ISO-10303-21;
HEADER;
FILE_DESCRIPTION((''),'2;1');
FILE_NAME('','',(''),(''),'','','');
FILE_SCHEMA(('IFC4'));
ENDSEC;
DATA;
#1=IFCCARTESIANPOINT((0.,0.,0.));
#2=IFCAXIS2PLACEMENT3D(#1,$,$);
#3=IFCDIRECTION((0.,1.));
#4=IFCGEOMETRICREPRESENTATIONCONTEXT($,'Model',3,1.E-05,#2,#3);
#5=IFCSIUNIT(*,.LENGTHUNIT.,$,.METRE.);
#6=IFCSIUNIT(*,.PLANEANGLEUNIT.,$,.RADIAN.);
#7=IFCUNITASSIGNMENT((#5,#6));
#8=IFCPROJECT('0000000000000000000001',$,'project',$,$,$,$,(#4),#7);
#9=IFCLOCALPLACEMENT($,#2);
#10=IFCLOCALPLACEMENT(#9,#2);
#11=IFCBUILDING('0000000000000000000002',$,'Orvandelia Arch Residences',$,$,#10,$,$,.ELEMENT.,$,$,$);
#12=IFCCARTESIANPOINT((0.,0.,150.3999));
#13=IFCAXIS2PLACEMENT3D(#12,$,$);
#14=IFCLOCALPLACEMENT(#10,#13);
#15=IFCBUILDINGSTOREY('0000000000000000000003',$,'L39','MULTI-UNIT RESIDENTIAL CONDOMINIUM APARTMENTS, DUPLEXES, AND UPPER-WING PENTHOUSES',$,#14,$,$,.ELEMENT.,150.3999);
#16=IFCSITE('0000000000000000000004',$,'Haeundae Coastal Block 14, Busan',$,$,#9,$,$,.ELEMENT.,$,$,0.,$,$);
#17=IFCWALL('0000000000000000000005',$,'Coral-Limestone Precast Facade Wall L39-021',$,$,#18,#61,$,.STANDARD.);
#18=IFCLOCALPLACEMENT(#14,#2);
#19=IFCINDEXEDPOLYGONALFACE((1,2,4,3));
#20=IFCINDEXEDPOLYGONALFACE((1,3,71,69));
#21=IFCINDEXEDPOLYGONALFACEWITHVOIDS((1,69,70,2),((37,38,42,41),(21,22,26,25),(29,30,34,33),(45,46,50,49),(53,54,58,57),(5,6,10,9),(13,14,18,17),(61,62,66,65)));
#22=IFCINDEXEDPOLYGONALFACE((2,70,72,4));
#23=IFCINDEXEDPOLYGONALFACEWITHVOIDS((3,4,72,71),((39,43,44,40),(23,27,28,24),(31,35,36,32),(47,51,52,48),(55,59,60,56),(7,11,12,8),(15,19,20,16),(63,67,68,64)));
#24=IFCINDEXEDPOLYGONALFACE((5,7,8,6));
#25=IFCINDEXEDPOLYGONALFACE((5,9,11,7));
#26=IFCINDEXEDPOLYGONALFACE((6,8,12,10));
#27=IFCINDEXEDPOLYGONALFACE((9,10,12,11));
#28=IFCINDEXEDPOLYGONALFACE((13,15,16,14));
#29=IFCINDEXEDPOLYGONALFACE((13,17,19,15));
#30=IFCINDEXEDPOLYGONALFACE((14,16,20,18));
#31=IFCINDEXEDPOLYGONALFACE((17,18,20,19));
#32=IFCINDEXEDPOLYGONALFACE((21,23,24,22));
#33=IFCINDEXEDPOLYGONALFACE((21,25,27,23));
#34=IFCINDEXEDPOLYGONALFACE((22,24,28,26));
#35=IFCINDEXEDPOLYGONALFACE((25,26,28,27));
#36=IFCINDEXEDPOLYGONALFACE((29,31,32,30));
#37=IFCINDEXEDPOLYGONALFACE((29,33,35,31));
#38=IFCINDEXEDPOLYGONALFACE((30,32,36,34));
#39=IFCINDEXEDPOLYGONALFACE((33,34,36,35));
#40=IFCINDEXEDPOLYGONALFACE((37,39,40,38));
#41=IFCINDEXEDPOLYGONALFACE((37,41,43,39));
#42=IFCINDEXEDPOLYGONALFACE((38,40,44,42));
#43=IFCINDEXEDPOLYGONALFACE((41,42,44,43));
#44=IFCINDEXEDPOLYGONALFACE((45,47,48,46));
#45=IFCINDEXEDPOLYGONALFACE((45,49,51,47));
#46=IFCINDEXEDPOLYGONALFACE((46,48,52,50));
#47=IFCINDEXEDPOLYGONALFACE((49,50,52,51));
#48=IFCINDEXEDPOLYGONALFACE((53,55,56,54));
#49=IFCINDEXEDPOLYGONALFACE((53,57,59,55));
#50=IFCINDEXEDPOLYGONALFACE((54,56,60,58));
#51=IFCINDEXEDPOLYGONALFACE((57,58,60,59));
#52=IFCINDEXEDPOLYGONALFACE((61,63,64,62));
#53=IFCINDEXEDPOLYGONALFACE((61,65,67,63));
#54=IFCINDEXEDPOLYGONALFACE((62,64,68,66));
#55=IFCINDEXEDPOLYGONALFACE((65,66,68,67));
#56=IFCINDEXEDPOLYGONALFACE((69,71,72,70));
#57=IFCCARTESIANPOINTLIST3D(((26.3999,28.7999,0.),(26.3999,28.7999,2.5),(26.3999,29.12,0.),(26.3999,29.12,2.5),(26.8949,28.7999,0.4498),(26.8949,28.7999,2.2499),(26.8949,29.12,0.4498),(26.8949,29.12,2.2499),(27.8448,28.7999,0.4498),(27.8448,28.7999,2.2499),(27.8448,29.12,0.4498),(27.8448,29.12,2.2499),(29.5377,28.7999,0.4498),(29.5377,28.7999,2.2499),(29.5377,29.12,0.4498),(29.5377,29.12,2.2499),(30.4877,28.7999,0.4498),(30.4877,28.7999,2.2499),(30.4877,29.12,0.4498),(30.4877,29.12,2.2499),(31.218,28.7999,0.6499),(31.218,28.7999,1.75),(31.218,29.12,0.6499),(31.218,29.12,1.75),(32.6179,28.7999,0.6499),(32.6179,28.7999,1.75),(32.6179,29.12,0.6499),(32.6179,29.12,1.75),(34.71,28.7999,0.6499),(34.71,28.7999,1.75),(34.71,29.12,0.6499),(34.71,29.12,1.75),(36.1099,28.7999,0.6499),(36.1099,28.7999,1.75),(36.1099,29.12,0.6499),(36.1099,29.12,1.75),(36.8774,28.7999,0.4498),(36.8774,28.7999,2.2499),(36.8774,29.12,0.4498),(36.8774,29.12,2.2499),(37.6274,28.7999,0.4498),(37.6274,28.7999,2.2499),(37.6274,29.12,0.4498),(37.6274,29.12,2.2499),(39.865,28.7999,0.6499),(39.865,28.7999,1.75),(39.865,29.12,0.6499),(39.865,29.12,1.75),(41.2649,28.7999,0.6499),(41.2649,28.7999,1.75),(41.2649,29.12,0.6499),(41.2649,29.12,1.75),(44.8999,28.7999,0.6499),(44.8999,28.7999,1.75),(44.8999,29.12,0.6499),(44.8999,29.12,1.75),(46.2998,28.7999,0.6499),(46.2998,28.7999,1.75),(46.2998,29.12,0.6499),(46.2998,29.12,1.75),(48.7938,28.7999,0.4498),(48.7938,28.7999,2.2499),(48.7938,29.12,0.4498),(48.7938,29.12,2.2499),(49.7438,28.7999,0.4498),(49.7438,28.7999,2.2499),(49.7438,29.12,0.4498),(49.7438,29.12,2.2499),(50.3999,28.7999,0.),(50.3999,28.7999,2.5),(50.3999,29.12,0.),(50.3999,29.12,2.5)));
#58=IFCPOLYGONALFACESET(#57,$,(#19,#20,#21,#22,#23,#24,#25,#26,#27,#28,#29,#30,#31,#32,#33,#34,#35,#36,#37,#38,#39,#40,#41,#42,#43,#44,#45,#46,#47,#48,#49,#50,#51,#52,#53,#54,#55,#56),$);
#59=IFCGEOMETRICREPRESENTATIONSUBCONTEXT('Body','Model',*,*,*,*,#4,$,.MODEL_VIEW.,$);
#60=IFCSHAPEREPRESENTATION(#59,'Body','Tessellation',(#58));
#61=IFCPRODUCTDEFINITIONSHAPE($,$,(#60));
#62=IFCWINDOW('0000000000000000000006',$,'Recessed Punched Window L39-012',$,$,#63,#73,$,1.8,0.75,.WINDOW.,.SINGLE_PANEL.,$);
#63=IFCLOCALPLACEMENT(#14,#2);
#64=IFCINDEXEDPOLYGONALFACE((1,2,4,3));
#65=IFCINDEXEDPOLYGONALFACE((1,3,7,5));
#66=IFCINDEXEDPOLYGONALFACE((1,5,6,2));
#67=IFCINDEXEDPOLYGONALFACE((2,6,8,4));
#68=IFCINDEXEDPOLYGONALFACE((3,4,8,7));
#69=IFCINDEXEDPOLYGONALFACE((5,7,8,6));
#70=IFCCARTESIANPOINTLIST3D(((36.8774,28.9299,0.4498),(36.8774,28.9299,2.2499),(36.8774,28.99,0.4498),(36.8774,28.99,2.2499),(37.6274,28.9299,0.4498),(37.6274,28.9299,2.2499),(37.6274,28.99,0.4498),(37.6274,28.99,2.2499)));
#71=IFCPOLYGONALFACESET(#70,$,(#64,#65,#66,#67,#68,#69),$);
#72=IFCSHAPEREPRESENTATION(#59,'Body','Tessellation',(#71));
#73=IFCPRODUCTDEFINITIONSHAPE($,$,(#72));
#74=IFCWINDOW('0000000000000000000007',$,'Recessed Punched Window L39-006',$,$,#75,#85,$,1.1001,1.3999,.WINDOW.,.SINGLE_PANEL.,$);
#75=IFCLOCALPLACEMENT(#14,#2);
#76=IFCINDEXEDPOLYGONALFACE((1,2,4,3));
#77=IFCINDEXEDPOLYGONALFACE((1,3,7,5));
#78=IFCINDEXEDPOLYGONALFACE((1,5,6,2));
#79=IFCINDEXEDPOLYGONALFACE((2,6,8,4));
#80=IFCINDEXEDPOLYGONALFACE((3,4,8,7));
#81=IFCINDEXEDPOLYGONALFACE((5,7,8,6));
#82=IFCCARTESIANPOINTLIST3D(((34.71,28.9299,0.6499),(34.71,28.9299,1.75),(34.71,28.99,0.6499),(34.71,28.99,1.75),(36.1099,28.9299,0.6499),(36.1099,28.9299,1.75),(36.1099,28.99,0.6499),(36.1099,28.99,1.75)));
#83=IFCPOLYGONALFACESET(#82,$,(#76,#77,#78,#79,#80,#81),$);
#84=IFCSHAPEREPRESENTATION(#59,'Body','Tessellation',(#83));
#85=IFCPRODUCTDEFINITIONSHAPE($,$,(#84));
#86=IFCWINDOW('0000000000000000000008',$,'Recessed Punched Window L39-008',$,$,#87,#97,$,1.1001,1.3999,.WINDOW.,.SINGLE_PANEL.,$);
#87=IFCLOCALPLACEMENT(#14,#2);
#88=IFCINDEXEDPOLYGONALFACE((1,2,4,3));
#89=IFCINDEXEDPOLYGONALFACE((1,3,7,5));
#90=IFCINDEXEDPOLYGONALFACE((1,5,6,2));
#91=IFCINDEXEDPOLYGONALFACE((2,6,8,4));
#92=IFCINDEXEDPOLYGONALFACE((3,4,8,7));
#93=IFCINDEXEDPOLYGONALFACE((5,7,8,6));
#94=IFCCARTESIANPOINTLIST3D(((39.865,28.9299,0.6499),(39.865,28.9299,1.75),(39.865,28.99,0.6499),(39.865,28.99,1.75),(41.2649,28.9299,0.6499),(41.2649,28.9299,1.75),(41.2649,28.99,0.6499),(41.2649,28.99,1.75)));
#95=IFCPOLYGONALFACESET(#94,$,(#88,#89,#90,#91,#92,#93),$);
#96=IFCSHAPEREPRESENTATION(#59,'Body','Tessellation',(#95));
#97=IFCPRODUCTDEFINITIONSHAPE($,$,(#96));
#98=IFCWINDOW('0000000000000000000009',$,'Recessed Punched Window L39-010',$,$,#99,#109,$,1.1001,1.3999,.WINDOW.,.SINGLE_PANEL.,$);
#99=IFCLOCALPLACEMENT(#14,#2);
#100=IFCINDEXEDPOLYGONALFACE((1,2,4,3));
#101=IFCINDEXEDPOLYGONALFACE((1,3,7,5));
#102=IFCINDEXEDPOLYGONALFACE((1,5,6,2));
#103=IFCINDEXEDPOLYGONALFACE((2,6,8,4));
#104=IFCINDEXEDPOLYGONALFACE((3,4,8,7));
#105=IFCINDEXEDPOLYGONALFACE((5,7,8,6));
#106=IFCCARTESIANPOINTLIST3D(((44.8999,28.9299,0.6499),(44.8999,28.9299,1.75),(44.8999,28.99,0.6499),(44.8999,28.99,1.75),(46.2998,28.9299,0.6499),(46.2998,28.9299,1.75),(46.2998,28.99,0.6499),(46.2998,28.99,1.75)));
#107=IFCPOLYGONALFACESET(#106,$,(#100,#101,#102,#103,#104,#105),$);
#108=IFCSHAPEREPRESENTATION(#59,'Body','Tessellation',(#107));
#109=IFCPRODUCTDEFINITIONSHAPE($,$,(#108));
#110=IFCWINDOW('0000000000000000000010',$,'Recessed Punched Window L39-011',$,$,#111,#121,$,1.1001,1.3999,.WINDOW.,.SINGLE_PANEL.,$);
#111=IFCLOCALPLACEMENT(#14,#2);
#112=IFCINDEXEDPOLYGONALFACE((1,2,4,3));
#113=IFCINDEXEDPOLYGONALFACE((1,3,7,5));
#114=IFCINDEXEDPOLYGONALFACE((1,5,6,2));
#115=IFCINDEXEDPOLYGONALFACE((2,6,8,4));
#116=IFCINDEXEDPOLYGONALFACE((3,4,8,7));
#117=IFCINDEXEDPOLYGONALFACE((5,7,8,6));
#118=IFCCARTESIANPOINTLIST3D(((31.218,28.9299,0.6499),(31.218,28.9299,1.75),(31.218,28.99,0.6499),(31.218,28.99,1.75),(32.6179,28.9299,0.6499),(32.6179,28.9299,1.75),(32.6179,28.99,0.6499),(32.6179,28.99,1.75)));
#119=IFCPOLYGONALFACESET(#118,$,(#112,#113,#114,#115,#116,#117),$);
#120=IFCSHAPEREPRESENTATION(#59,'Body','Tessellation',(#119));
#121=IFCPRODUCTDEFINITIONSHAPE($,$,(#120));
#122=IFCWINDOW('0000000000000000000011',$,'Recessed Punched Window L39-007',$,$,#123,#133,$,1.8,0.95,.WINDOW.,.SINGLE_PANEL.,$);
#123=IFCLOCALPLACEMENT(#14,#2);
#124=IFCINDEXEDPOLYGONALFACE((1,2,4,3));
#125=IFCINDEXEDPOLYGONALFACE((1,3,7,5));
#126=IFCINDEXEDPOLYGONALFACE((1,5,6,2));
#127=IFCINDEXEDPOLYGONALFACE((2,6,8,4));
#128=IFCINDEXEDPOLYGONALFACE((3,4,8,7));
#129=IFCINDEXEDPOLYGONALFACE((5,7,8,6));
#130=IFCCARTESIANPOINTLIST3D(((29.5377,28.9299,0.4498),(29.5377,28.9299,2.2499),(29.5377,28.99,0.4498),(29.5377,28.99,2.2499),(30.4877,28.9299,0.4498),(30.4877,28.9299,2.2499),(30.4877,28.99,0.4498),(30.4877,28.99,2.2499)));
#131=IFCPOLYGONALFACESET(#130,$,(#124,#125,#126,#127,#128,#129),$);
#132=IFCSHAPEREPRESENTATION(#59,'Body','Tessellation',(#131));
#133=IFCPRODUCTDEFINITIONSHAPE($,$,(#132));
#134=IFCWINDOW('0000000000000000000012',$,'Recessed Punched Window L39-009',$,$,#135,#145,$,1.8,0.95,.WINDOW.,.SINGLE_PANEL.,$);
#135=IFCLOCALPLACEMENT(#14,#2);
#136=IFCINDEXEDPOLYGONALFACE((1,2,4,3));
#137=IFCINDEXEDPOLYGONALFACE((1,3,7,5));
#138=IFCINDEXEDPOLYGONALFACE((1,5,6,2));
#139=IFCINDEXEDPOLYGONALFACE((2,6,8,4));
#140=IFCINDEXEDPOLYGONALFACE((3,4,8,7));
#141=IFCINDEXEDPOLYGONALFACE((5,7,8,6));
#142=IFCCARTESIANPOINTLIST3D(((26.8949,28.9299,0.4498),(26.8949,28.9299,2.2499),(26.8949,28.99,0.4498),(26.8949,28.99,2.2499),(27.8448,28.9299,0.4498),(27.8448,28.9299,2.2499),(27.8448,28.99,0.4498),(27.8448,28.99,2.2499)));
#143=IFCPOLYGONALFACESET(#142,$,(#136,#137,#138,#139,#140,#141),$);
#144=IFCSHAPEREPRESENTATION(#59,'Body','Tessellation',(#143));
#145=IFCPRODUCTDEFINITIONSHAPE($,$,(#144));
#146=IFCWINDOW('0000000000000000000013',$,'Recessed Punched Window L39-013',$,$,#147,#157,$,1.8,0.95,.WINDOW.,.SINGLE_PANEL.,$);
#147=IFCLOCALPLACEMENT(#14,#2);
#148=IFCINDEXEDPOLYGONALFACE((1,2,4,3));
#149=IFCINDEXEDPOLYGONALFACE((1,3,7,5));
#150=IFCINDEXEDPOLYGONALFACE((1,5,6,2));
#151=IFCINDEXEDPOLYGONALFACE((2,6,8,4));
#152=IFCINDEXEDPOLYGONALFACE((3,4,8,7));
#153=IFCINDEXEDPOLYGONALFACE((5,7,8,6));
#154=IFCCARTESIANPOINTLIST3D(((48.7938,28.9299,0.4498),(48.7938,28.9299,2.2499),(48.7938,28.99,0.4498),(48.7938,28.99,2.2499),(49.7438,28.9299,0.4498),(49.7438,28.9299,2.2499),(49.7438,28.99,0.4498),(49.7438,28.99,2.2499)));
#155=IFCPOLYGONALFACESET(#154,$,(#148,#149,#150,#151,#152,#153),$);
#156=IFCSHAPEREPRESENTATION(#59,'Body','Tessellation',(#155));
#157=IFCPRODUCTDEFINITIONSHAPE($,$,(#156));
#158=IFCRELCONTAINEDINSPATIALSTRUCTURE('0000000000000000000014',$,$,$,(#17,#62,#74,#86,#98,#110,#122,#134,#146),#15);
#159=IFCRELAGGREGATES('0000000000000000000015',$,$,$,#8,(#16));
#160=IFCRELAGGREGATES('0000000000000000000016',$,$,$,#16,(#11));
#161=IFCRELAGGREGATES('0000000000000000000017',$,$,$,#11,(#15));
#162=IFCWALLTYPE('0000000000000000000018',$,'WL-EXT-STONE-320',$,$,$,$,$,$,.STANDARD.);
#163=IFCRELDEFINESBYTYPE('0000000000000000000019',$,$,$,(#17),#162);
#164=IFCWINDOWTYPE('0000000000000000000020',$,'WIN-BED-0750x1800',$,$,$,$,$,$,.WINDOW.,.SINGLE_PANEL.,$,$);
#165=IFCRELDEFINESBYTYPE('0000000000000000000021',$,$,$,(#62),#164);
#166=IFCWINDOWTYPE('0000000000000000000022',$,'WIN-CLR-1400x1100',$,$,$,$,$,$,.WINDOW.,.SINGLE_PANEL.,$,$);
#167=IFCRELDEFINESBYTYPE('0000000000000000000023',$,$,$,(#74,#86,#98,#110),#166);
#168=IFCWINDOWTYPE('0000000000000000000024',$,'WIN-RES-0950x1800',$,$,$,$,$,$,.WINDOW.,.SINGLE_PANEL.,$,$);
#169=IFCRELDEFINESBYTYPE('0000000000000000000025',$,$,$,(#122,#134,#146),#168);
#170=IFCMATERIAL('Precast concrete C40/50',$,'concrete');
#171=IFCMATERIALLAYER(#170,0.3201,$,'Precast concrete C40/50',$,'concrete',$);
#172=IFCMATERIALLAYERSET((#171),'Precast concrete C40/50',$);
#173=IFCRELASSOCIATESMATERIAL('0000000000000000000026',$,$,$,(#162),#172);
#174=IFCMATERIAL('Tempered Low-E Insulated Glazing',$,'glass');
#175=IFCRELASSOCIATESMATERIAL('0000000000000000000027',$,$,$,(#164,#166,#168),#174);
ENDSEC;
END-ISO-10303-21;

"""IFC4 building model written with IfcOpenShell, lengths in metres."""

from ifc_helpers import new_model, si_unit, direction, frame, frame_2d, origin, place, context, subcontext, project, spatial, rectangle, extrude, material, layer, layer_set, type_object, element, fill, save


model = new_model("IFC4")

# Units and contexts
model_context = context("Model", 3, precision=1e-05, world=origin(), true_north=direction((0.0, 1.0)))
body_context = subcontext(model_context, "Body", "Model", "MODEL_VIEW")
ifc_project = project(units=[si_unit("LENGTHUNIT", "METRE"), si_unit("PLANEANGLEUNIT", "RADIAN")], contexts=[model_context])

# Site, building, storey
site_placement = place(None, origin())
site = spatial("IfcSite", under=ifc_project, at=site_placement, Name="Haeundae Coastal Block 14, Busan", CompositionType="ELEMENT", RefElevation=0.0)
building_placement = place(site_placement, origin())
building = spatial("IfcBuilding", under=site, at=building_placement, Name="Orvandelia Arch Residences", CompositionType="ELEMENT")
storey_placement = place(building_placement, frame((0.0, 0.0, 150.3999)))
storey = spatial("IfcBuildingStorey", under=building, at=storey_placement, Name="L39", Description="MULTI-UNIT RESIDENTIAL CONDOMINIUM APARTMENTS, DUPLEXES, AND UPPER-WING PENTHOUSES", CompositionType="ELEMENT", Elevation=150.3999)

# Shared definitions
ifc_material_1 = material(Name="Precast concrete C40/50", Category="concrete")
ifc_layer_1 = layer(ifc_material_1, 0.3201, Name="Precast concrete C40/50", Category="concrete")
ifc_layer_set_1 = layer_set([ifc_layer_1], Name="Precast concrete C40/50")
wall_type_1 = type_object("IfcWallType", Name="WL-EXT-STONE-320", PredefinedType="STANDARD", material=ifc_layer_set_1)

# Wall, openings, windows
wall_1_placement = place(storey_placement, frame((50.3999, 28.96, 0.0), z_axis=(0.0, 0.0, 1.0), x_axis=(-1.0, 0.0, 0.0)))
wall_1 = element("IfcWall", 1, at=wall_1_placement, inside=storey, type_object=wall_type_1, Name="Coral-Limestone Precast Facade Wall L39-021", PredefinedType="STANDARD", context=body_context, shape_type="SweptSolid", body=[
    extrude(rectangle(XDim=24.0, YDim=0.3201, at=frame_2d((12.0, 0.0))), origin(), (0.0, 0.0, 1.0), 2.5),
])
opening_1_placement = place(wall_1_placement, frame((14.29, 0.0, 0.6499)))
opening_1 = element("IfcOpeningElement", 2, at=opening_1_placement, cuts=wall_1, PredefinedType="OPENING", context=body_context, shape_type="SweptSolid", body=[
    extrude(rectangle(XDim=1.3999, YDim=1.1001, at=frame_2d((0.7, 0.55))), frame((0.0, 0.1699, 0.0), z_axis=(0.0, -1.0, 0.0), x_axis=(1.0, 0.0, 0.0)), (0.0, 0.0, 1.0), 0.3401),
])
opening_2_placement = place(wall_1_placement, frame((19.9121, 0.0, 0.45)))
opening_2 = element("IfcOpeningElement", 3, at=opening_2_placement, cuts=wall_1, PredefinedType="OPENING", context=body_context, shape_type="SweptSolid", body=[
    extrude(rectangle(XDim=0.95, YDim=1.8, at=frame_2d((0.4751, 0.8999))), frame((0.0, 0.1699, 0.0), z_axis=(0.0, -1.0, 0.0), x_axis=(1.0, 0.0, 0.0)), (0.0, 0.0, 1.0), 0.3401),
])
opening_3_placement = place(wall_1_placement, frame((9.135, 0.0, 0.6499)))
opening_3 = element("IfcOpeningElement", 4, at=opening_3_placement, cuts=wall_1, PredefinedType="OPENING", context=body_context, shape_type="SweptSolid", body=[
    extrude(rectangle(XDim=1.3999, YDim=1.1001, at=frame_2d((0.7, 0.55))), frame((0.0, 0.1699, 0.0), z_axis=(0.0, -1.0, 0.0), x_axis=(1.0, 0.0, 0.0)), (0.0, 0.0, 1.0), 0.3401),
])
opening_4_placement = place(wall_1_placement, frame((22.5549, 0.0, 0.45)))
opening_4 = element("IfcOpeningElement", 5, at=opening_4_placement, cuts=wall_1, PredefinedType="OPENING", context=body_context, shape_type="SweptSolid", body=[
    extrude(rectangle(XDim=0.95, YDim=1.8, at=frame_2d((0.4751, 0.8999))), frame((0.0, 0.1699, 0.0), z_axis=(0.0, -1.0, 0.0), x_axis=(1.0, 0.0, 0.0)), (0.0, 0.0, 1.0), 0.3401),
])
opening_5_placement = place(wall_1_placement, frame((4.1001, 0.0, 0.6499)))
opening_5 = element("IfcOpeningElement", 6, at=opening_5_placement, cuts=wall_1, PredefinedType="OPENING", context=body_context, shape_type="SweptSolid", body=[
    extrude(rectangle(XDim=1.3999, YDim=1.1001, at=frame_2d((0.7, 0.55))), frame((0.0, 0.1699, 0.0), z_axis=(0.0, -1.0, 0.0), x_axis=(1.0, 0.0, 0.0)), (0.0, 0.0, 1.0), 0.3401),
])
opening_6_placement = place(wall_1_placement, frame((17.782, 0.0, 0.6499)))
opening_6 = element("IfcOpeningElement", 7, at=opening_6_placement, cuts=wall_1, PredefinedType="OPENING", context=body_context, shape_type="SweptSolid", body=[
    extrude(rectangle(XDim=1.3999, YDim=1.1001, at=frame_2d((0.7, 0.55))), frame((0.0, 0.1699, 0.0), z_axis=(0.0, -1.0, 0.0), x_axis=(1.0, 0.0, 0.0)), (0.0, 0.0, 1.0), 0.3401),
])
opening_7_placement = place(wall_1_placement, frame((12.7725, 0.0, 0.45)))
opening_7 = element("IfcOpeningElement", 8, at=opening_7_placement, cuts=wall_1, PredefinedType="OPENING", context=body_context, shape_type="SweptSolid", body=[
    extrude(rectangle(XDim=0.75, YDim=1.8, at=frame_2d((0.375, 0.8999))), frame((0.0, 0.1699, 0.0), z_axis=(0.0, -1.0, 0.0), x_axis=(1.0, 0.0, 0.0)), (0.0, 0.0, 1.0), 0.3401),
])
opening_8_placement = place(wall_1_placement, frame((0.656, 0.0, 0.45)))
opening_8 = element("IfcOpeningElement", 9, at=opening_8_placement, cuts=wall_1, PredefinedType="OPENING", context=body_context, shape_type="SweptSolid", body=[
    extrude(rectangle(XDim=0.95, YDim=1.8, at=frame_2d((0.4751, 0.8999))), frame((0.0, 0.1699, 0.0), z_axis=(0.0, -1.0, 0.0), x_axis=(1.0, 0.0, 0.0)), (0.0, 0.0, 1.0), 0.3401),
])
ifc_material_2 = material(Name="Tempered Low-E Insulated Glazing", Category="glass")
window_type_1 = type_object("IfcWindowType", Name="WIN-BED-0750x1800", PartitioningType="SINGLE_PANEL", PredefinedType="WINDOW", material=ifc_material_2)
window_1_placement = place(opening_7_placement, origin())
window_1 = element("IfcWindow", 10, at=window_1_placement, inside=storey, type_object=window_type_1, Name="Recessed Punched Window L39-012", OverallHeight=1.8, OverallWidth=0.75, PartitioningType="SINGLE_PANEL", PredefinedType="WINDOW", context=body_context, shape_type="SweptSolid", body=[
    extrude(rectangle(XDim=0.75, YDim=1.8, at=frame_2d((0.375, 0.8999))), frame((0.0, 0.03, 0.0), z_axis=(0.0, -1.0, 0.0), x_axis=(1.0, 0.0, 0.0)), (0.0, 0.0, 1.0), 0.0601),
])
fill(opening_7, window_1)
window_type_2 = type_object("IfcWindowType", Name="WIN-CLR-1400x1100", PartitioningType="SINGLE_PANEL", PredefinedType="WINDOW", material=ifc_material_2)
window_2_placement = place(opening_1_placement, origin())
window_2 = element("IfcWindow", 11, at=window_2_placement, inside=storey, type_object=window_type_2, Name="Recessed Punched Window L39-006", OverallHeight=1.1001, OverallWidth=1.3999, PartitioningType="SINGLE_PANEL", PredefinedType="WINDOW", context=body_context, shape_type="SweptSolid", body=[
    extrude(rectangle(XDim=1.3999, YDim=1.1001, at=frame_2d((0.7, 0.55))), frame((0.0, 0.03, 0.0), z_axis=(0.0, -1.0, 0.0), x_axis=(1.0, 0.0, 0.0)), (0.0, 0.0, 1.0), 0.0601),
])
fill(opening_1, window_2)
window_3_placement = place(opening_3_placement, origin())
window_3 = element("IfcWindow", 12, at=window_3_placement, inside=storey, type_object=window_type_2, Name="Recessed Punched Window L39-008", OverallHeight=1.1001, OverallWidth=1.3999, PartitioningType="SINGLE_PANEL", PredefinedType="WINDOW", context=body_context, shape_type="SweptSolid", body=[
    extrude(rectangle(XDim=1.3999, YDim=1.1001, at=frame_2d((0.7, 0.55))), frame((0.0, 0.03, 0.0), z_axis=(0.0, -1.0, 0.0), x_axis=(1.0, 0.0, 0.0)), (0.0, 0.0, 1.0), 0.0601),
])
fill(opening_3, window_3)
window_4_placement = place(opening_5_placement, origin())
window_4 = element("IfcWindow", 13, at=window_4_placement, inside=storey, type_object=window_type_2, Name="Recessed Punched Window L39-010", OverallHeight=1.1001, OverallWidth=1.3999, PartitioningType="SINGLE_PANEL", PredefinedType="WINDOW", context=body_context, shape_type="SweptSolid", body=[
    extrude(rectangle(XDim=1.3999, YDim=1.1001, at=frame_2d((0.7, 0.55))), frame((0.0, 0.03, 0.0), z_axis=(0.0, -1.0, 0.0), x_axis=(1.0, 0.0, 0.0)), (0.0, 0.0, 1.0), 0.0601),
])
fill(opening_5, window_4)
window_5_placement = place(opening_6_placement, origin())
window_5 = element("IfcWindow", 14, at=window_5_placement, inside=storey, type_object=window_type_2, Name="Recessed Punched Window L39-011", OverallHeight=1.1001, OverallWidth=1.3999, PartitioningType="SINGLE_PANEL", PredefinedType="WINDOW", context=body_context, shape_type="SweptSolid", body=[
    extrude(rectangle(XDim=1.3999, YDim=1.1001, at=frame_2d((0.7, 0.55))), frame((0.0, 0.03, 0.0), z_axis=(0.0, -1.0, 0.0), x_axis=(1.0, 0.0, 0.0)), (0.0, 0.0, 1.0), 0.0601),
])
fill(opening_6, window_5)
window_type_3 = type_object("IfcWindowType", Name="WIN-RES-0950x1800", PartitioningType="SINGLE_PANEL", PredefinedType="WINDOW", material=ifc_material_2)
window_6_placement = place(opening_2_placement, origin())
window_6 = element("IfcWindow", 15, at=window_6_placement, inside=storey, type_object=window_type_3, Name="Recessed Punched Window L39-007", OverallHeight=1.8, OverallWidth=0.95, PartitioningType="SINGLE_PANEL", PredefinedType="WINDOW", context=body_context, shape_type="SweptSolid", body=[
    extrude(rectangle(XDim=0.95, YDim=1.8, at=frame_2d((0.4751, 0.8999))), frame((0.0, 0.03, 0.0), z_axis=(0.0, -1.0, 0.0), x_axis=(1.0, 0.0, 0.0)), (0.0, 0.0, 1.0), 0.0601),
])
fill(opening_2, window_6)
window_7_placement = place(opening_4_placement, origin())
window_7 = element("IfcWindow", 16, at=window_7_placement, inside=storey, type_object=window_type_3, Name="Recessed Punched Window L39-009", OverallHeight=1.8, OverallWidth=0.95, PartitioningType="SINGLE_PANEL", PredefinedType="WINDOW", context=body_context, shape_type="SweptSolid", body=[
    extrude(rectangle(XDim=0.95, YDim=1.8, at=frame_2d((0.4751, 0.8999))), frame((0.0, 0.03, 0.0), z_axis=(0.0, -1.0, 0.0), x_axis=(1.0, 0.0, 0.0)), (0.0, 0.0, 1.0), 0.0601),
])
fill(opening_4, window_7)
window_8_placement = place(opening_8_placement, origin())
window_8 = element("IfcWindow", 17, at=window_8_placement, inside=storey, type_object=window_type_3, Name="Recessed Punched Window L39-013", OverallHeight=1.8, OverallWidth=0.95, PartitioningType="SINGLE_PANEL", PredefinedType="WINDOW", context=body_context, shape_type="SweptSolid", body=[
    extrude(rectangle(XDim=0.95, YDim=1.8, at=frame_2d((0.4751, 0.8999))), frame((0.0, 0.03, 0.0), z_axis=(0.0, -1.0, 0.0), x_axis=(1.0, 0.0, 0.0)), (0.0, 0.0, 1.0), 0.0601),
])
fill(opening_8, window_8)

save(model, "model.ifc")
